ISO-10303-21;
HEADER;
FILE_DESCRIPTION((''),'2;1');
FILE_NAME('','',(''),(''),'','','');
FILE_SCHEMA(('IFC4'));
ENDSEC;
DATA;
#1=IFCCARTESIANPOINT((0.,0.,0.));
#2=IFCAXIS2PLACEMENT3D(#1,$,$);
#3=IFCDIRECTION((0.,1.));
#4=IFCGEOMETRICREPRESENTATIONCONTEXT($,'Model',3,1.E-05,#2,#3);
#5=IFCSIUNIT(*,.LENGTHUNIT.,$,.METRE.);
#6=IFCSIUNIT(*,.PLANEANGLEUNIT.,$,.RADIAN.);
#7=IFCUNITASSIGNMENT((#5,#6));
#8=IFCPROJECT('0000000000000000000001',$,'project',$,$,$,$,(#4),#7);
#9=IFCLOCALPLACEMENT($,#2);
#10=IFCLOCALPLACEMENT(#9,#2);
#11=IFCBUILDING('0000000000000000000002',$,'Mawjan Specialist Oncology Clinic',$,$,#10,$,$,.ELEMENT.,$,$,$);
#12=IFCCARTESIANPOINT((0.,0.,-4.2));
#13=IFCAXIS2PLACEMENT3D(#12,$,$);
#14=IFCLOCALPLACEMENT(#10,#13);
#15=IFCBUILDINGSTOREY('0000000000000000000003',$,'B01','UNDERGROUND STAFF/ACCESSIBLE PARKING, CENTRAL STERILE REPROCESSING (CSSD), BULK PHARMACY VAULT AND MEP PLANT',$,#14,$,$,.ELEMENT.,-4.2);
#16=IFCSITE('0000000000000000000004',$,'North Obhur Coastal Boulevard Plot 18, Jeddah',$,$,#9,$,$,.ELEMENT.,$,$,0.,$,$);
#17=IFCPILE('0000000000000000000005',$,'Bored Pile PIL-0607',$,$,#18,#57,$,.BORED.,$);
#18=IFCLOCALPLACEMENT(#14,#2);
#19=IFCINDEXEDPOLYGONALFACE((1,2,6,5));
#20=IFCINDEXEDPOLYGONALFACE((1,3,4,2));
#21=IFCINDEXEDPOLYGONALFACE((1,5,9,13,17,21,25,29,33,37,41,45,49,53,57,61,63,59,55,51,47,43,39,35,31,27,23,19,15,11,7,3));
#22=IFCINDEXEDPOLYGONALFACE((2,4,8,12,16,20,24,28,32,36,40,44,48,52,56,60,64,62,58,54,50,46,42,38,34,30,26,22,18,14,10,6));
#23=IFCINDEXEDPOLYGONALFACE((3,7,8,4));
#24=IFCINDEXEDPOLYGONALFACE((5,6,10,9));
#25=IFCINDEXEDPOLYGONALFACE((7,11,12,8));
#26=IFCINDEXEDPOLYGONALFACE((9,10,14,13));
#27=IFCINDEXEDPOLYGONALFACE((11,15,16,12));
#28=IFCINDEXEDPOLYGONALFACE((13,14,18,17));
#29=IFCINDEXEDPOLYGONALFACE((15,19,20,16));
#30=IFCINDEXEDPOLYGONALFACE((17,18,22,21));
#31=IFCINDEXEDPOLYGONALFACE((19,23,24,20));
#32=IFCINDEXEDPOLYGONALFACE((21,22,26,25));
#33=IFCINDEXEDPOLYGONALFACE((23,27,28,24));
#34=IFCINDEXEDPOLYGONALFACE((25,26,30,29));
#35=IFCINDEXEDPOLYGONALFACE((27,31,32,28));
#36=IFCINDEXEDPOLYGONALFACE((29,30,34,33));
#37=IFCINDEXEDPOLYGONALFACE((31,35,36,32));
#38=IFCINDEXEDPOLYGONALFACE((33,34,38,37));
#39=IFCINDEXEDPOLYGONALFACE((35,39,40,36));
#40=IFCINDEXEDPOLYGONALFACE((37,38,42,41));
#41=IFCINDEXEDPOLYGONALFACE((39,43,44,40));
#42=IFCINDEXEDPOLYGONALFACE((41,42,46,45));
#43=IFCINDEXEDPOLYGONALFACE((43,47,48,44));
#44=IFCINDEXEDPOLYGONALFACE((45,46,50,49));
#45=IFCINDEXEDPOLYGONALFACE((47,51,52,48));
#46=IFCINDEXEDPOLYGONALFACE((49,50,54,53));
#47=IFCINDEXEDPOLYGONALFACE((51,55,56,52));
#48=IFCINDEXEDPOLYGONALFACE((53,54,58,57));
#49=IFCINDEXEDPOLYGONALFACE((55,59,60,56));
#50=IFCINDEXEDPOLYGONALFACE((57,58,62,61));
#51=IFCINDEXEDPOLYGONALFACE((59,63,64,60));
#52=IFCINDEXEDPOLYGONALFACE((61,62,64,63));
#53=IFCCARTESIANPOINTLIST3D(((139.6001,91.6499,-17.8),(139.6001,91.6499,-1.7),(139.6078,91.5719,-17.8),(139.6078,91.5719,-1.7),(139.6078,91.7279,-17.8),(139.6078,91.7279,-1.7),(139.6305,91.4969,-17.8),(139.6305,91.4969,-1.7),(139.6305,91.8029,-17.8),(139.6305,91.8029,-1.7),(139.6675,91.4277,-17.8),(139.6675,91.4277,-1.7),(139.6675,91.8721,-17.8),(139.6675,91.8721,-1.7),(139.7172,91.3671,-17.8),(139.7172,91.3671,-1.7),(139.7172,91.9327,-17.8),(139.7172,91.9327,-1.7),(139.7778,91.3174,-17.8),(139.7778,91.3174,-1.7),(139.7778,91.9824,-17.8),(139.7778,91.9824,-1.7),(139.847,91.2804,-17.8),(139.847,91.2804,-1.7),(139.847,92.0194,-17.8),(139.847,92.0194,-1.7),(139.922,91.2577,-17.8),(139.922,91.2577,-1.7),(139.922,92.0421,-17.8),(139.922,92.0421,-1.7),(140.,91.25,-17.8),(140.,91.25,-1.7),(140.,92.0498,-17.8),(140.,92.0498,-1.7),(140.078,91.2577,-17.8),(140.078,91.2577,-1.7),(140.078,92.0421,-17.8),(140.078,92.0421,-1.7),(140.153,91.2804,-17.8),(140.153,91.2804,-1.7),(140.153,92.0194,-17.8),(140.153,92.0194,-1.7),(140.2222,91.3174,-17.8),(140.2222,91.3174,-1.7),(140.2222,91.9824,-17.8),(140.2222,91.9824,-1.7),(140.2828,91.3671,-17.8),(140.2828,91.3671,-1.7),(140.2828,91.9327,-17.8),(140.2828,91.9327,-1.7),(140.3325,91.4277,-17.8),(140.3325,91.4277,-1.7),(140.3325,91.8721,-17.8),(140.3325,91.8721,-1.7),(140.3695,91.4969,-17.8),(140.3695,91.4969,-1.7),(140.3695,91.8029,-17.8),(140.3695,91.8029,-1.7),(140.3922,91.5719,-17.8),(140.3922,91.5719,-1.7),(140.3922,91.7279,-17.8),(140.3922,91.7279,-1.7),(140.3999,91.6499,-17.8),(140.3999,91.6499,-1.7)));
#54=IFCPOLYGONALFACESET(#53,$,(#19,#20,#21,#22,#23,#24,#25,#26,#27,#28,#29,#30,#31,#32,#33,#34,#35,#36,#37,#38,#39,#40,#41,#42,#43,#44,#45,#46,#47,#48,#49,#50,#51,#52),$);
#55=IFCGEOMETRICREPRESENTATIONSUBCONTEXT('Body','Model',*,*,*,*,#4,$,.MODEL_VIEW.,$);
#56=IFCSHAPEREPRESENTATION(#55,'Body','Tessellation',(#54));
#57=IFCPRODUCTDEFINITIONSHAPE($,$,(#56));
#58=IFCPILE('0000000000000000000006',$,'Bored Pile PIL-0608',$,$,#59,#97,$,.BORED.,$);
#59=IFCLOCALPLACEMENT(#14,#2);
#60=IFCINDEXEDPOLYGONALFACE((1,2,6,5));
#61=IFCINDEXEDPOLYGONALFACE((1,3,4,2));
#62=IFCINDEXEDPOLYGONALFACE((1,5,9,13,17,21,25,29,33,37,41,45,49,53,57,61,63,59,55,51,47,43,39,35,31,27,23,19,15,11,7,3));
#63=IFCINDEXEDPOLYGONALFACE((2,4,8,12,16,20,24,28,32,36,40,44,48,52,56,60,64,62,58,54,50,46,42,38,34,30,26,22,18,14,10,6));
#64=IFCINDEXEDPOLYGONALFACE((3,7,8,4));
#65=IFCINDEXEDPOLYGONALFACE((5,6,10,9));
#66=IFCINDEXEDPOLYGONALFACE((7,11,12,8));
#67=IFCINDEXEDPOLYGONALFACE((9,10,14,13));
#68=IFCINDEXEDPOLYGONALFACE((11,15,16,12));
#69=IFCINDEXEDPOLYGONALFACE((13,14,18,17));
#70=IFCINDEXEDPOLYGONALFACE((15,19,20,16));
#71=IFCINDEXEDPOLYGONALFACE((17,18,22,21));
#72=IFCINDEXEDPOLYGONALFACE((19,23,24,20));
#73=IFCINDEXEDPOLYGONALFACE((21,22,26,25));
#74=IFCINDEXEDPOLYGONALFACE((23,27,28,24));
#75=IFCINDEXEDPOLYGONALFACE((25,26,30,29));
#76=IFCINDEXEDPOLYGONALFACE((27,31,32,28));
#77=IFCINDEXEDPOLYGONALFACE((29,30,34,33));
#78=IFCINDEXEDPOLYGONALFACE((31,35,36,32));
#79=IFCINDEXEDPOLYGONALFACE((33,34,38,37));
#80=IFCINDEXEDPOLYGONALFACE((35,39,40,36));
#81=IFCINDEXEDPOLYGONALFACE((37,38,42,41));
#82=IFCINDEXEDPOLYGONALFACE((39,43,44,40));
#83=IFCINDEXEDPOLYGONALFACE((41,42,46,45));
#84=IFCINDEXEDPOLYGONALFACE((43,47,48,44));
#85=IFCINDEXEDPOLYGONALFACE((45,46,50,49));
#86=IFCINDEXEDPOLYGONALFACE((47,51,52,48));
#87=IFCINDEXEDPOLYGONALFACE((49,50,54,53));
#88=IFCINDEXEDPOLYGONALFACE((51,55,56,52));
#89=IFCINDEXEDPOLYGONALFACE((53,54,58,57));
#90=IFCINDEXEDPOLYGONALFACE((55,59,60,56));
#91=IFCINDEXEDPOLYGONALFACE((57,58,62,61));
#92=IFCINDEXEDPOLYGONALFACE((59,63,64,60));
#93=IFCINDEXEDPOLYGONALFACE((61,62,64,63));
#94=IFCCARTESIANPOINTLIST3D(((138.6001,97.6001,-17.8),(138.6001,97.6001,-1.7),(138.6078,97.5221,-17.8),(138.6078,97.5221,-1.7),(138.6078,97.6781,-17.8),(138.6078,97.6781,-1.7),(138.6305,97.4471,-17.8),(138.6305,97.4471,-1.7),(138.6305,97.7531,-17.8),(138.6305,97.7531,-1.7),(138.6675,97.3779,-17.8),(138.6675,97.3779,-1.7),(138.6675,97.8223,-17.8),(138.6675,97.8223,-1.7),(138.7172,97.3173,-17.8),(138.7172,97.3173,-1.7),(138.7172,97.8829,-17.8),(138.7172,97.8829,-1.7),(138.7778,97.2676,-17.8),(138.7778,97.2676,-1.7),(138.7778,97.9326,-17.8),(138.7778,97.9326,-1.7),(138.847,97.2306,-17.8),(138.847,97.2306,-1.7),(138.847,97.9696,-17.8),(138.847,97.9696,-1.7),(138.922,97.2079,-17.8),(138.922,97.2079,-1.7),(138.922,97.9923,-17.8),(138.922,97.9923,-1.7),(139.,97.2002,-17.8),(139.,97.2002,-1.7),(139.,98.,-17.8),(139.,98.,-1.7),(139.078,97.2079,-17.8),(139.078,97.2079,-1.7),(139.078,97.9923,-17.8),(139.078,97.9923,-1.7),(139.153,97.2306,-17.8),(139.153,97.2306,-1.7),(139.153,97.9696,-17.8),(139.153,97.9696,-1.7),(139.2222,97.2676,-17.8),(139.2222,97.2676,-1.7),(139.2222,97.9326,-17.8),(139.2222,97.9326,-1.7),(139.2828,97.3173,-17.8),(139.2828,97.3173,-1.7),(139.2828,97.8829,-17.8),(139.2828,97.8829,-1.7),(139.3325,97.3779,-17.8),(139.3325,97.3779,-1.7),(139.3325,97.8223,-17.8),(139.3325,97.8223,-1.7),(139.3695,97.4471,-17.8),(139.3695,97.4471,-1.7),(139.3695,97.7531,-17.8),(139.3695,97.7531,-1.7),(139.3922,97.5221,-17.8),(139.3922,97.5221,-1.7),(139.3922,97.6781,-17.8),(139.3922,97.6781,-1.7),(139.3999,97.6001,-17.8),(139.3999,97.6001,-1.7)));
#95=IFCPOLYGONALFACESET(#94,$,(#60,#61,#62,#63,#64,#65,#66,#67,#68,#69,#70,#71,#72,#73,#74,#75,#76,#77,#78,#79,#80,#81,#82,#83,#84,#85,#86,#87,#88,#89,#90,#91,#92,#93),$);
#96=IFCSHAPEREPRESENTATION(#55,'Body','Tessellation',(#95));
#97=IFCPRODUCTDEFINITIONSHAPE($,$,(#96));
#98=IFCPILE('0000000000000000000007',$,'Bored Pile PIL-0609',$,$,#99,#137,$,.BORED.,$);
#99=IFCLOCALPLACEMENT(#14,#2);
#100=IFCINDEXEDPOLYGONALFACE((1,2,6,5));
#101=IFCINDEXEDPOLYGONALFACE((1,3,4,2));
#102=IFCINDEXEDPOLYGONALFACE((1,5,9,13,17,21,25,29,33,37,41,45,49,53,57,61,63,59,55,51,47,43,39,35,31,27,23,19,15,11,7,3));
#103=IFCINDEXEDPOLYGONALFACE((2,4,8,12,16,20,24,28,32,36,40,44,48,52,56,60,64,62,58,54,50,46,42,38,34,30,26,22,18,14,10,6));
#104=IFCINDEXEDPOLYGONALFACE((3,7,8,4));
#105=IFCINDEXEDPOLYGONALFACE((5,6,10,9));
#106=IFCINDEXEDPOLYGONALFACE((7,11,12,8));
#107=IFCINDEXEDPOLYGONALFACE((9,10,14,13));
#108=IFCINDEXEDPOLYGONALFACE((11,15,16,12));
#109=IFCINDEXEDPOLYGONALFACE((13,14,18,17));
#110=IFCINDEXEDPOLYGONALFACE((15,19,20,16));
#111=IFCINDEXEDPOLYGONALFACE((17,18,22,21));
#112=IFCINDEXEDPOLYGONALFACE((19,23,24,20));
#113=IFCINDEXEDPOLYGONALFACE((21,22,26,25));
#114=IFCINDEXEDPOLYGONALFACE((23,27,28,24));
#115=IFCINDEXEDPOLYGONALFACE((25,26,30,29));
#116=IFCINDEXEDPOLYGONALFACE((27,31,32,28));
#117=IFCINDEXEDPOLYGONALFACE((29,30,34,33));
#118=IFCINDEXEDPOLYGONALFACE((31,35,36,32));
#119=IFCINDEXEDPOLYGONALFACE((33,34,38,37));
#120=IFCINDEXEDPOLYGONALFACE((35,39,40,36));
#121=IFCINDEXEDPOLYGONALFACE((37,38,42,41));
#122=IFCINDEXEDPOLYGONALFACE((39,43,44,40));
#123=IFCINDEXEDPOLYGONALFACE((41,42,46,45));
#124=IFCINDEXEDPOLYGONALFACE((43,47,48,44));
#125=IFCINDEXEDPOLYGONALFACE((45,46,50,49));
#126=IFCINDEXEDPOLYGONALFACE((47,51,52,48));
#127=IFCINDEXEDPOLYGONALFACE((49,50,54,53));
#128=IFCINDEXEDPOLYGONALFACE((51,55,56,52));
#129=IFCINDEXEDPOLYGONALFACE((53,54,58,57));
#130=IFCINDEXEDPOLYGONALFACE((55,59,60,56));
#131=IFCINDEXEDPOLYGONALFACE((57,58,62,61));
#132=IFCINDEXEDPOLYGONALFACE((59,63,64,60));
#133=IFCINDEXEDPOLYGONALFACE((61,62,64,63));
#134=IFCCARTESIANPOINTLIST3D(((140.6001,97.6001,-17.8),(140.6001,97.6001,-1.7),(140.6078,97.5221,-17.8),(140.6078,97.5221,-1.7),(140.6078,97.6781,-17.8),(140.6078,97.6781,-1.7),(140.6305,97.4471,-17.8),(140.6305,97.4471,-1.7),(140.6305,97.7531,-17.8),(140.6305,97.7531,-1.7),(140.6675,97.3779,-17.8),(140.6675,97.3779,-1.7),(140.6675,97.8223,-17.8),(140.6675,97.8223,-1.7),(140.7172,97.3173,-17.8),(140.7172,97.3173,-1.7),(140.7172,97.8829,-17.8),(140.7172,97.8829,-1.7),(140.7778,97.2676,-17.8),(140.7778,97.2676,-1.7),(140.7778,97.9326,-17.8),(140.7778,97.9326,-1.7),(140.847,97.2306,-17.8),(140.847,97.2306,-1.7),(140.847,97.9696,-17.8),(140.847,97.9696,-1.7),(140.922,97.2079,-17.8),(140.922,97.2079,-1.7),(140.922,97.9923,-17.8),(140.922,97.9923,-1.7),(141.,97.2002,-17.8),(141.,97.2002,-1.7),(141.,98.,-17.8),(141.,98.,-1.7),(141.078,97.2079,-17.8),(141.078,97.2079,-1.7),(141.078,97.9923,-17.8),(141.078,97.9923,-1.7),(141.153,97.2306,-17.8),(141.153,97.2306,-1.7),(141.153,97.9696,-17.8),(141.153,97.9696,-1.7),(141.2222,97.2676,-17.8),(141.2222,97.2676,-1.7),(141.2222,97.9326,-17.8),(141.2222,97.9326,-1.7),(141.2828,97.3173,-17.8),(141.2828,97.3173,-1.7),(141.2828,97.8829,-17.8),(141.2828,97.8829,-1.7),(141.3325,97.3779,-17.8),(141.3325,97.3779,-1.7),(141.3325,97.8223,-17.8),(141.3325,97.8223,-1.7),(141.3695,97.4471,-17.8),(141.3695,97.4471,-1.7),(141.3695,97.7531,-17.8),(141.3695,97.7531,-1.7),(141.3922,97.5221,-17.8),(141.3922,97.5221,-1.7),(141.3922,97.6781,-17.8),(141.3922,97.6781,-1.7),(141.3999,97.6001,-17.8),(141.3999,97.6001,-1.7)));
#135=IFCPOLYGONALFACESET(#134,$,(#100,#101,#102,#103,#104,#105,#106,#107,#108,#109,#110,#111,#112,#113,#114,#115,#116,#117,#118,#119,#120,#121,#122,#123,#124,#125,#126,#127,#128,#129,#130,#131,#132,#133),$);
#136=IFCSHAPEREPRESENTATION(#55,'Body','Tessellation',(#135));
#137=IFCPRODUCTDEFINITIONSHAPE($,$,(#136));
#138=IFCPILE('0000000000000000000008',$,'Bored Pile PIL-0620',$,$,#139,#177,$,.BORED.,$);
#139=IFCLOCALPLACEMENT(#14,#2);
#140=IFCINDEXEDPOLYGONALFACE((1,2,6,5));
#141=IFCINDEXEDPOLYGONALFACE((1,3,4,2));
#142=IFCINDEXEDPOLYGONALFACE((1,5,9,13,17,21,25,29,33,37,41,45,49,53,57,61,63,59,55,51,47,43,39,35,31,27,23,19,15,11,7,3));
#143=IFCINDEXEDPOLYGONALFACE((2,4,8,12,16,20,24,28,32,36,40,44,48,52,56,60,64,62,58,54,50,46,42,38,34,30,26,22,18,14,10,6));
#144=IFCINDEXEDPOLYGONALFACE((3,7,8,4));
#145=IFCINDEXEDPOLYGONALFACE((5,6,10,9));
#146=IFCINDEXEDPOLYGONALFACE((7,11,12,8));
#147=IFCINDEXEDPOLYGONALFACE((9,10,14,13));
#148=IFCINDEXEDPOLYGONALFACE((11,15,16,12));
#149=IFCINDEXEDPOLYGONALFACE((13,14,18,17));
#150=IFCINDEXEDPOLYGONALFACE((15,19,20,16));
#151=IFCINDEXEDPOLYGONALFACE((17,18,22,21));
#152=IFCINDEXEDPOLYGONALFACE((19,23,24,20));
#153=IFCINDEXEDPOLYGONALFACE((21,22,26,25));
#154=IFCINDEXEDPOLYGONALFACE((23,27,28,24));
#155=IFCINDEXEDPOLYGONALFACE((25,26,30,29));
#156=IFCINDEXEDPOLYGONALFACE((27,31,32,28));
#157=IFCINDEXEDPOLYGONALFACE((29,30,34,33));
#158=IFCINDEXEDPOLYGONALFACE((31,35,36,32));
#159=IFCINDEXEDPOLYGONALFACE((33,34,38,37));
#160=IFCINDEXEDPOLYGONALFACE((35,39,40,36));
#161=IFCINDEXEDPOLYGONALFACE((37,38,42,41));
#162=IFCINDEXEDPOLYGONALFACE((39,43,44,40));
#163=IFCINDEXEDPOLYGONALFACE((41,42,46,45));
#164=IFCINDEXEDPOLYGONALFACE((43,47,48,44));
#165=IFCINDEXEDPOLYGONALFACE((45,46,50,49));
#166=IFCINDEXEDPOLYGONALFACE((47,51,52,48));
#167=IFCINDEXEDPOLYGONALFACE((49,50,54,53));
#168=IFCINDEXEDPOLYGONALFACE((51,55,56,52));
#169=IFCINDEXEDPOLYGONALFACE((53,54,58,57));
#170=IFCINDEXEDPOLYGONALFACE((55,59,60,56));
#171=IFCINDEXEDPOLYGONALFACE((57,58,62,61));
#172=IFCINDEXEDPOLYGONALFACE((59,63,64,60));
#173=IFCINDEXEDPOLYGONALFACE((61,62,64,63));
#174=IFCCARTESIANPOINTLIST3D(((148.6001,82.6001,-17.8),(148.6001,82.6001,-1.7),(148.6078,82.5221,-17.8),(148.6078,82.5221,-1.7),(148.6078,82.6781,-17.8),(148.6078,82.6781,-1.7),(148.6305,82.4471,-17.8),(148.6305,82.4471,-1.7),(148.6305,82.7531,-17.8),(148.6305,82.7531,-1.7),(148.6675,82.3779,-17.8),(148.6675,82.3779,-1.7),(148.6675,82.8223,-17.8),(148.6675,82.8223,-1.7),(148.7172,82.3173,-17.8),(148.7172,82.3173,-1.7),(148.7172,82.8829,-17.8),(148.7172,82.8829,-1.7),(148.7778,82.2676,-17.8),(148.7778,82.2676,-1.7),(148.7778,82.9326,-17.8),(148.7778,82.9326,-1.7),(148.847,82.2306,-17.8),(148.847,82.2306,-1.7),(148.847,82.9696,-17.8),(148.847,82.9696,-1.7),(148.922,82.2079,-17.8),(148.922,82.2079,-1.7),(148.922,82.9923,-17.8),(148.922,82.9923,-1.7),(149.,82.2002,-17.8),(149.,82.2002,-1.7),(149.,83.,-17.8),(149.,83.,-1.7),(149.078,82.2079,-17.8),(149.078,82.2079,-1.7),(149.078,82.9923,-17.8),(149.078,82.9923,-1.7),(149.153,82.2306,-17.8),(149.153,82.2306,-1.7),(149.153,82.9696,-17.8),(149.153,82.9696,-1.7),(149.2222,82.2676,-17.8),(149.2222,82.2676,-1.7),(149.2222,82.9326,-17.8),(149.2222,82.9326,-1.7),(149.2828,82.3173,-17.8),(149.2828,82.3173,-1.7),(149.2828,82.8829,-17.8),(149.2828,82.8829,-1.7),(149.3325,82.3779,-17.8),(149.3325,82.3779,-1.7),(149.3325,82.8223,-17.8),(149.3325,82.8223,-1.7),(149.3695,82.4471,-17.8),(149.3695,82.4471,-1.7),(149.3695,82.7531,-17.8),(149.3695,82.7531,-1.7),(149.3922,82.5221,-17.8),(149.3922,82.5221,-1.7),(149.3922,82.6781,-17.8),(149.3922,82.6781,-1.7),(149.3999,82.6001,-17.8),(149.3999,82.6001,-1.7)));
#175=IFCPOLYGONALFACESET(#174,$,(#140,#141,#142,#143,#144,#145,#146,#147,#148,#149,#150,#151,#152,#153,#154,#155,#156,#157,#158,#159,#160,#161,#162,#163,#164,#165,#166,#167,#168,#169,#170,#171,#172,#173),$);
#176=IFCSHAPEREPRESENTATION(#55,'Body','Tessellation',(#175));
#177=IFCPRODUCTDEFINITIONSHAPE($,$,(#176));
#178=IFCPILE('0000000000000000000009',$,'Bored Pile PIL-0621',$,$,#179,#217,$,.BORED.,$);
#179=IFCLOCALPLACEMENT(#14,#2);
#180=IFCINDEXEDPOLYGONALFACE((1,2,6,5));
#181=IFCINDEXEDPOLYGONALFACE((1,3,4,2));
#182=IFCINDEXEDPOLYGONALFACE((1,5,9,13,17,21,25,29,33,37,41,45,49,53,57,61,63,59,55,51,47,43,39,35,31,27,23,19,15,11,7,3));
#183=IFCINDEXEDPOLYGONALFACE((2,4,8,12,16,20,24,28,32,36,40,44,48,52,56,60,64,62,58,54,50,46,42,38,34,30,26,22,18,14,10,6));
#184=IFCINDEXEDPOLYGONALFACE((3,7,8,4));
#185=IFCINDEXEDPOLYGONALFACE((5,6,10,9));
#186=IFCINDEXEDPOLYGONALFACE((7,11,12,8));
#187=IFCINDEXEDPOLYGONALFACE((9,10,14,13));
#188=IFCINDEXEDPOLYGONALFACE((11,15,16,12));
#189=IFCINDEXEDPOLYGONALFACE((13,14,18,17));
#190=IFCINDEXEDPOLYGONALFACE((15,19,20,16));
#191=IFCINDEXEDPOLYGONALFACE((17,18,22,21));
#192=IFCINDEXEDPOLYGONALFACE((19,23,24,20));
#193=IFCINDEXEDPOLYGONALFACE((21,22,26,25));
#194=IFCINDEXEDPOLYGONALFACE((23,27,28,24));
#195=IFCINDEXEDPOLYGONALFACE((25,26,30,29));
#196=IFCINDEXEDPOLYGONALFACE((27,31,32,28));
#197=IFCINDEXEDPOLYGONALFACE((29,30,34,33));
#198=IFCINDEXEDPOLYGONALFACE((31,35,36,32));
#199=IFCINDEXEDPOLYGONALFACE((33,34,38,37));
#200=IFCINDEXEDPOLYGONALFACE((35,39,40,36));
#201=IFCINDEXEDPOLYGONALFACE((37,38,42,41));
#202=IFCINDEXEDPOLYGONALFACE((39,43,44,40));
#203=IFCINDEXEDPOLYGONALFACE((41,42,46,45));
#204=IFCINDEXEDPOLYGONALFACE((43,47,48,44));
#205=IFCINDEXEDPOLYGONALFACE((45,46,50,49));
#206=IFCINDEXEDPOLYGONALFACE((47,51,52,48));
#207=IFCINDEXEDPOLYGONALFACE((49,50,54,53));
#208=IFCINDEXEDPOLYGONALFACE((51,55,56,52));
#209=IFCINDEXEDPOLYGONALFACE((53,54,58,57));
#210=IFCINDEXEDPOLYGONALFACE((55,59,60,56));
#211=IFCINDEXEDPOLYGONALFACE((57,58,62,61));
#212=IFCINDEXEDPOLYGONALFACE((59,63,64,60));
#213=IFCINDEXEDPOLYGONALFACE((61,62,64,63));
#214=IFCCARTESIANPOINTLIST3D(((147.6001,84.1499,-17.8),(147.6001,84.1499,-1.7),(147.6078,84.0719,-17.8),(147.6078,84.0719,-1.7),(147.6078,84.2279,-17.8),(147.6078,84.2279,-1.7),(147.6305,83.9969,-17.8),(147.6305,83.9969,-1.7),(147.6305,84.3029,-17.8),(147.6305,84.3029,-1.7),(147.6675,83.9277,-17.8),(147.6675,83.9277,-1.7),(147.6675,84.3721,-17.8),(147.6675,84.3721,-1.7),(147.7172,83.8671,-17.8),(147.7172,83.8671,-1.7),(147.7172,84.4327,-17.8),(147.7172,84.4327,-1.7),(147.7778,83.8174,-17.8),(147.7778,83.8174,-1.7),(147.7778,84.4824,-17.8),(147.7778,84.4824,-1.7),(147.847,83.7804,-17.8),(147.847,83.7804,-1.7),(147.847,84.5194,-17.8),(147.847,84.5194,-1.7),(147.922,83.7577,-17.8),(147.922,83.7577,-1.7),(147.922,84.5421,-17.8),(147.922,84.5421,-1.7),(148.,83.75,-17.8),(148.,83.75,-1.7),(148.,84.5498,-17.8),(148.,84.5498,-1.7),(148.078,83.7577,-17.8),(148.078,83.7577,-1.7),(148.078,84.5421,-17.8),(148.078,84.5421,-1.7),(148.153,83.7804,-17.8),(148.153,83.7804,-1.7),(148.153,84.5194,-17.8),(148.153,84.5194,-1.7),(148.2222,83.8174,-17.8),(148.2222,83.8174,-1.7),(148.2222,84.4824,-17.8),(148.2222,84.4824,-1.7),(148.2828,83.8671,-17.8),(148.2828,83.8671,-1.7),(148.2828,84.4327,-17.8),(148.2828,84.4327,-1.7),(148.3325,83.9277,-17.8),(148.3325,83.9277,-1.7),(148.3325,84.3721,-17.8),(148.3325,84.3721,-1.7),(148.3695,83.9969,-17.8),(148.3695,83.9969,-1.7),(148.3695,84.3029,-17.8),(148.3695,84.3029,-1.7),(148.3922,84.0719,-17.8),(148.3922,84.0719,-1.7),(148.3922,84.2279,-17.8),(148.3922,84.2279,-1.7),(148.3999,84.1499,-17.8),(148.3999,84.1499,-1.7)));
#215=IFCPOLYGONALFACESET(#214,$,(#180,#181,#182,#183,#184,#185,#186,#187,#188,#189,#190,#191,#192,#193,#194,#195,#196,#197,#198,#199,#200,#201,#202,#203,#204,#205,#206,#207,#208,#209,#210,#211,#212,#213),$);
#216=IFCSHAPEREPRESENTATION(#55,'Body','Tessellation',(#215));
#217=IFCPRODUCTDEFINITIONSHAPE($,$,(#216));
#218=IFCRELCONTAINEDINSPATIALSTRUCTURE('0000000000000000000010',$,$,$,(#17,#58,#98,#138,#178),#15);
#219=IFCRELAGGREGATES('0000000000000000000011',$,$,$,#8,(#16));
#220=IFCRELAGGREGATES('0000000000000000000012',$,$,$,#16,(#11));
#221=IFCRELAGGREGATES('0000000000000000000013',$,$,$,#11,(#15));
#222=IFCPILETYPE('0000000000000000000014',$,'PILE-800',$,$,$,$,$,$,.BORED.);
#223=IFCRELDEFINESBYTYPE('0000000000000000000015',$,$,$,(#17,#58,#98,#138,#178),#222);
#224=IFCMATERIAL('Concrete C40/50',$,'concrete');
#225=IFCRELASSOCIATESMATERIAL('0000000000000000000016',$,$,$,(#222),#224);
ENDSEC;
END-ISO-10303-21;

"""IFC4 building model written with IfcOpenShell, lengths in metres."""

from ifc_helpers import new_model, si_unit, direction, frame, origin, origin_2d, place, context, subcontext, project, spatial, circle, extrude, material, material_profile, profile_set, type_object, element, save


model = new_model("IFC4")

# Units and contexts
model_context = context("Model", 3, precision=1e-05, world=origin(), true_north=direction((0.0, 1.0)))
body_context = subcontext(model_context, "Body", "Model", "MODEL_VIEW")
ifc_project = project(units=[si_unit("LENGTHUNIT", "METRE"), si_unit("PLANEANGLEUNIT", "RADIAN")], contexts=[model_context])

# Site, building, storey
site_placement = place(None, origin())
site = spatial("IfcSite", under=ifc_project, at=site_placement, Name="North Obhur Coastal Boulevard Plot 18, Jeddah", CompositionType="ELEMENT", RefElevation=0.0)
building_placement = place(site_placement, origin())
building = spatial("IfcBuilding", under=site, at=building_placement, Name="Mawjan Specialist Oncology Clinic", CompositionType="ELEMENT")
storey_placement = place(building_placement, frame((0.0, 0.0, -4.2)))
storey = spatial("IfcBuildingStorey", under=building, at=storey_placement, Name="B01", Description="UNDERGROUND STAFF/ACCESSIBLE PARKING, CENTRAL STERILE REPROCESSING (CSSD), BULK PHARMACY VAULT AND MEP PLANT", CompositionType="ELEMENT", Elevation=-4.2)

# Piles
ifc_material_1 = material(Name="Concrete C40/50", Category="concrete")
ifc_material_profile_1 = material_profile(ifc_material_1, circle(Radius=0.3999, at=origin_2d()), Name="BORED PILE D800", Category="concrete")
ifc_profile_set_1 = profile_set([ifc_material_profile_1], Name="Concrete C40/50")
pile_type = type_object("IfcPileType", Name="PILE-800", PredefinedType="BORED", material=ifc_profile_set_1)
for number, where, z_axis, x_axis, name in (
    (1, (140.0, 91.6499, -1.7), (0.0, 0.0, -1.0), (1.0, 0.0, 0.0), "Bored Pile PIL-0607"),
    (2, (139.0, 97.6001, -1.7), (0.0, 0.0, -1.0), (1.0, 0.0, 0.0), "Bored Pile PIL-0608"),
    (3, (141.0, 97.6001, -1.7), (0.0, 0.0, -1.0), (1.0, 0.0, 0.0), "Bored Pile PIL-0609"),
    (4, (149.0, 82.6001, -1.7), (0.0, 0.0, -1.0), (1.0, 0.0, 0.0), "Bored Pile PIL-0620"),
    (5, (148.0, 84.1499, -1.7), (0.0, 0.0, -1.0), (1.0, 0.0, 0.0), "Bored Pile PIL-0621"),
):
    element("IfcPile", number, at=place(storey_placement, frame(where, z_axis=z_axis, x_axis=x_axis)), inside=storey, type_object=pile_type, Name=name, PredefinedType="BORED", context=body_context, shape_type="SweptSolid", body=[
        extrude(circle(Radius=0.3999, at=origin_2d()), origin(), (0.0, 0.0, 1.0), 16.1001),
    ])

save(model, "model.ifc")
